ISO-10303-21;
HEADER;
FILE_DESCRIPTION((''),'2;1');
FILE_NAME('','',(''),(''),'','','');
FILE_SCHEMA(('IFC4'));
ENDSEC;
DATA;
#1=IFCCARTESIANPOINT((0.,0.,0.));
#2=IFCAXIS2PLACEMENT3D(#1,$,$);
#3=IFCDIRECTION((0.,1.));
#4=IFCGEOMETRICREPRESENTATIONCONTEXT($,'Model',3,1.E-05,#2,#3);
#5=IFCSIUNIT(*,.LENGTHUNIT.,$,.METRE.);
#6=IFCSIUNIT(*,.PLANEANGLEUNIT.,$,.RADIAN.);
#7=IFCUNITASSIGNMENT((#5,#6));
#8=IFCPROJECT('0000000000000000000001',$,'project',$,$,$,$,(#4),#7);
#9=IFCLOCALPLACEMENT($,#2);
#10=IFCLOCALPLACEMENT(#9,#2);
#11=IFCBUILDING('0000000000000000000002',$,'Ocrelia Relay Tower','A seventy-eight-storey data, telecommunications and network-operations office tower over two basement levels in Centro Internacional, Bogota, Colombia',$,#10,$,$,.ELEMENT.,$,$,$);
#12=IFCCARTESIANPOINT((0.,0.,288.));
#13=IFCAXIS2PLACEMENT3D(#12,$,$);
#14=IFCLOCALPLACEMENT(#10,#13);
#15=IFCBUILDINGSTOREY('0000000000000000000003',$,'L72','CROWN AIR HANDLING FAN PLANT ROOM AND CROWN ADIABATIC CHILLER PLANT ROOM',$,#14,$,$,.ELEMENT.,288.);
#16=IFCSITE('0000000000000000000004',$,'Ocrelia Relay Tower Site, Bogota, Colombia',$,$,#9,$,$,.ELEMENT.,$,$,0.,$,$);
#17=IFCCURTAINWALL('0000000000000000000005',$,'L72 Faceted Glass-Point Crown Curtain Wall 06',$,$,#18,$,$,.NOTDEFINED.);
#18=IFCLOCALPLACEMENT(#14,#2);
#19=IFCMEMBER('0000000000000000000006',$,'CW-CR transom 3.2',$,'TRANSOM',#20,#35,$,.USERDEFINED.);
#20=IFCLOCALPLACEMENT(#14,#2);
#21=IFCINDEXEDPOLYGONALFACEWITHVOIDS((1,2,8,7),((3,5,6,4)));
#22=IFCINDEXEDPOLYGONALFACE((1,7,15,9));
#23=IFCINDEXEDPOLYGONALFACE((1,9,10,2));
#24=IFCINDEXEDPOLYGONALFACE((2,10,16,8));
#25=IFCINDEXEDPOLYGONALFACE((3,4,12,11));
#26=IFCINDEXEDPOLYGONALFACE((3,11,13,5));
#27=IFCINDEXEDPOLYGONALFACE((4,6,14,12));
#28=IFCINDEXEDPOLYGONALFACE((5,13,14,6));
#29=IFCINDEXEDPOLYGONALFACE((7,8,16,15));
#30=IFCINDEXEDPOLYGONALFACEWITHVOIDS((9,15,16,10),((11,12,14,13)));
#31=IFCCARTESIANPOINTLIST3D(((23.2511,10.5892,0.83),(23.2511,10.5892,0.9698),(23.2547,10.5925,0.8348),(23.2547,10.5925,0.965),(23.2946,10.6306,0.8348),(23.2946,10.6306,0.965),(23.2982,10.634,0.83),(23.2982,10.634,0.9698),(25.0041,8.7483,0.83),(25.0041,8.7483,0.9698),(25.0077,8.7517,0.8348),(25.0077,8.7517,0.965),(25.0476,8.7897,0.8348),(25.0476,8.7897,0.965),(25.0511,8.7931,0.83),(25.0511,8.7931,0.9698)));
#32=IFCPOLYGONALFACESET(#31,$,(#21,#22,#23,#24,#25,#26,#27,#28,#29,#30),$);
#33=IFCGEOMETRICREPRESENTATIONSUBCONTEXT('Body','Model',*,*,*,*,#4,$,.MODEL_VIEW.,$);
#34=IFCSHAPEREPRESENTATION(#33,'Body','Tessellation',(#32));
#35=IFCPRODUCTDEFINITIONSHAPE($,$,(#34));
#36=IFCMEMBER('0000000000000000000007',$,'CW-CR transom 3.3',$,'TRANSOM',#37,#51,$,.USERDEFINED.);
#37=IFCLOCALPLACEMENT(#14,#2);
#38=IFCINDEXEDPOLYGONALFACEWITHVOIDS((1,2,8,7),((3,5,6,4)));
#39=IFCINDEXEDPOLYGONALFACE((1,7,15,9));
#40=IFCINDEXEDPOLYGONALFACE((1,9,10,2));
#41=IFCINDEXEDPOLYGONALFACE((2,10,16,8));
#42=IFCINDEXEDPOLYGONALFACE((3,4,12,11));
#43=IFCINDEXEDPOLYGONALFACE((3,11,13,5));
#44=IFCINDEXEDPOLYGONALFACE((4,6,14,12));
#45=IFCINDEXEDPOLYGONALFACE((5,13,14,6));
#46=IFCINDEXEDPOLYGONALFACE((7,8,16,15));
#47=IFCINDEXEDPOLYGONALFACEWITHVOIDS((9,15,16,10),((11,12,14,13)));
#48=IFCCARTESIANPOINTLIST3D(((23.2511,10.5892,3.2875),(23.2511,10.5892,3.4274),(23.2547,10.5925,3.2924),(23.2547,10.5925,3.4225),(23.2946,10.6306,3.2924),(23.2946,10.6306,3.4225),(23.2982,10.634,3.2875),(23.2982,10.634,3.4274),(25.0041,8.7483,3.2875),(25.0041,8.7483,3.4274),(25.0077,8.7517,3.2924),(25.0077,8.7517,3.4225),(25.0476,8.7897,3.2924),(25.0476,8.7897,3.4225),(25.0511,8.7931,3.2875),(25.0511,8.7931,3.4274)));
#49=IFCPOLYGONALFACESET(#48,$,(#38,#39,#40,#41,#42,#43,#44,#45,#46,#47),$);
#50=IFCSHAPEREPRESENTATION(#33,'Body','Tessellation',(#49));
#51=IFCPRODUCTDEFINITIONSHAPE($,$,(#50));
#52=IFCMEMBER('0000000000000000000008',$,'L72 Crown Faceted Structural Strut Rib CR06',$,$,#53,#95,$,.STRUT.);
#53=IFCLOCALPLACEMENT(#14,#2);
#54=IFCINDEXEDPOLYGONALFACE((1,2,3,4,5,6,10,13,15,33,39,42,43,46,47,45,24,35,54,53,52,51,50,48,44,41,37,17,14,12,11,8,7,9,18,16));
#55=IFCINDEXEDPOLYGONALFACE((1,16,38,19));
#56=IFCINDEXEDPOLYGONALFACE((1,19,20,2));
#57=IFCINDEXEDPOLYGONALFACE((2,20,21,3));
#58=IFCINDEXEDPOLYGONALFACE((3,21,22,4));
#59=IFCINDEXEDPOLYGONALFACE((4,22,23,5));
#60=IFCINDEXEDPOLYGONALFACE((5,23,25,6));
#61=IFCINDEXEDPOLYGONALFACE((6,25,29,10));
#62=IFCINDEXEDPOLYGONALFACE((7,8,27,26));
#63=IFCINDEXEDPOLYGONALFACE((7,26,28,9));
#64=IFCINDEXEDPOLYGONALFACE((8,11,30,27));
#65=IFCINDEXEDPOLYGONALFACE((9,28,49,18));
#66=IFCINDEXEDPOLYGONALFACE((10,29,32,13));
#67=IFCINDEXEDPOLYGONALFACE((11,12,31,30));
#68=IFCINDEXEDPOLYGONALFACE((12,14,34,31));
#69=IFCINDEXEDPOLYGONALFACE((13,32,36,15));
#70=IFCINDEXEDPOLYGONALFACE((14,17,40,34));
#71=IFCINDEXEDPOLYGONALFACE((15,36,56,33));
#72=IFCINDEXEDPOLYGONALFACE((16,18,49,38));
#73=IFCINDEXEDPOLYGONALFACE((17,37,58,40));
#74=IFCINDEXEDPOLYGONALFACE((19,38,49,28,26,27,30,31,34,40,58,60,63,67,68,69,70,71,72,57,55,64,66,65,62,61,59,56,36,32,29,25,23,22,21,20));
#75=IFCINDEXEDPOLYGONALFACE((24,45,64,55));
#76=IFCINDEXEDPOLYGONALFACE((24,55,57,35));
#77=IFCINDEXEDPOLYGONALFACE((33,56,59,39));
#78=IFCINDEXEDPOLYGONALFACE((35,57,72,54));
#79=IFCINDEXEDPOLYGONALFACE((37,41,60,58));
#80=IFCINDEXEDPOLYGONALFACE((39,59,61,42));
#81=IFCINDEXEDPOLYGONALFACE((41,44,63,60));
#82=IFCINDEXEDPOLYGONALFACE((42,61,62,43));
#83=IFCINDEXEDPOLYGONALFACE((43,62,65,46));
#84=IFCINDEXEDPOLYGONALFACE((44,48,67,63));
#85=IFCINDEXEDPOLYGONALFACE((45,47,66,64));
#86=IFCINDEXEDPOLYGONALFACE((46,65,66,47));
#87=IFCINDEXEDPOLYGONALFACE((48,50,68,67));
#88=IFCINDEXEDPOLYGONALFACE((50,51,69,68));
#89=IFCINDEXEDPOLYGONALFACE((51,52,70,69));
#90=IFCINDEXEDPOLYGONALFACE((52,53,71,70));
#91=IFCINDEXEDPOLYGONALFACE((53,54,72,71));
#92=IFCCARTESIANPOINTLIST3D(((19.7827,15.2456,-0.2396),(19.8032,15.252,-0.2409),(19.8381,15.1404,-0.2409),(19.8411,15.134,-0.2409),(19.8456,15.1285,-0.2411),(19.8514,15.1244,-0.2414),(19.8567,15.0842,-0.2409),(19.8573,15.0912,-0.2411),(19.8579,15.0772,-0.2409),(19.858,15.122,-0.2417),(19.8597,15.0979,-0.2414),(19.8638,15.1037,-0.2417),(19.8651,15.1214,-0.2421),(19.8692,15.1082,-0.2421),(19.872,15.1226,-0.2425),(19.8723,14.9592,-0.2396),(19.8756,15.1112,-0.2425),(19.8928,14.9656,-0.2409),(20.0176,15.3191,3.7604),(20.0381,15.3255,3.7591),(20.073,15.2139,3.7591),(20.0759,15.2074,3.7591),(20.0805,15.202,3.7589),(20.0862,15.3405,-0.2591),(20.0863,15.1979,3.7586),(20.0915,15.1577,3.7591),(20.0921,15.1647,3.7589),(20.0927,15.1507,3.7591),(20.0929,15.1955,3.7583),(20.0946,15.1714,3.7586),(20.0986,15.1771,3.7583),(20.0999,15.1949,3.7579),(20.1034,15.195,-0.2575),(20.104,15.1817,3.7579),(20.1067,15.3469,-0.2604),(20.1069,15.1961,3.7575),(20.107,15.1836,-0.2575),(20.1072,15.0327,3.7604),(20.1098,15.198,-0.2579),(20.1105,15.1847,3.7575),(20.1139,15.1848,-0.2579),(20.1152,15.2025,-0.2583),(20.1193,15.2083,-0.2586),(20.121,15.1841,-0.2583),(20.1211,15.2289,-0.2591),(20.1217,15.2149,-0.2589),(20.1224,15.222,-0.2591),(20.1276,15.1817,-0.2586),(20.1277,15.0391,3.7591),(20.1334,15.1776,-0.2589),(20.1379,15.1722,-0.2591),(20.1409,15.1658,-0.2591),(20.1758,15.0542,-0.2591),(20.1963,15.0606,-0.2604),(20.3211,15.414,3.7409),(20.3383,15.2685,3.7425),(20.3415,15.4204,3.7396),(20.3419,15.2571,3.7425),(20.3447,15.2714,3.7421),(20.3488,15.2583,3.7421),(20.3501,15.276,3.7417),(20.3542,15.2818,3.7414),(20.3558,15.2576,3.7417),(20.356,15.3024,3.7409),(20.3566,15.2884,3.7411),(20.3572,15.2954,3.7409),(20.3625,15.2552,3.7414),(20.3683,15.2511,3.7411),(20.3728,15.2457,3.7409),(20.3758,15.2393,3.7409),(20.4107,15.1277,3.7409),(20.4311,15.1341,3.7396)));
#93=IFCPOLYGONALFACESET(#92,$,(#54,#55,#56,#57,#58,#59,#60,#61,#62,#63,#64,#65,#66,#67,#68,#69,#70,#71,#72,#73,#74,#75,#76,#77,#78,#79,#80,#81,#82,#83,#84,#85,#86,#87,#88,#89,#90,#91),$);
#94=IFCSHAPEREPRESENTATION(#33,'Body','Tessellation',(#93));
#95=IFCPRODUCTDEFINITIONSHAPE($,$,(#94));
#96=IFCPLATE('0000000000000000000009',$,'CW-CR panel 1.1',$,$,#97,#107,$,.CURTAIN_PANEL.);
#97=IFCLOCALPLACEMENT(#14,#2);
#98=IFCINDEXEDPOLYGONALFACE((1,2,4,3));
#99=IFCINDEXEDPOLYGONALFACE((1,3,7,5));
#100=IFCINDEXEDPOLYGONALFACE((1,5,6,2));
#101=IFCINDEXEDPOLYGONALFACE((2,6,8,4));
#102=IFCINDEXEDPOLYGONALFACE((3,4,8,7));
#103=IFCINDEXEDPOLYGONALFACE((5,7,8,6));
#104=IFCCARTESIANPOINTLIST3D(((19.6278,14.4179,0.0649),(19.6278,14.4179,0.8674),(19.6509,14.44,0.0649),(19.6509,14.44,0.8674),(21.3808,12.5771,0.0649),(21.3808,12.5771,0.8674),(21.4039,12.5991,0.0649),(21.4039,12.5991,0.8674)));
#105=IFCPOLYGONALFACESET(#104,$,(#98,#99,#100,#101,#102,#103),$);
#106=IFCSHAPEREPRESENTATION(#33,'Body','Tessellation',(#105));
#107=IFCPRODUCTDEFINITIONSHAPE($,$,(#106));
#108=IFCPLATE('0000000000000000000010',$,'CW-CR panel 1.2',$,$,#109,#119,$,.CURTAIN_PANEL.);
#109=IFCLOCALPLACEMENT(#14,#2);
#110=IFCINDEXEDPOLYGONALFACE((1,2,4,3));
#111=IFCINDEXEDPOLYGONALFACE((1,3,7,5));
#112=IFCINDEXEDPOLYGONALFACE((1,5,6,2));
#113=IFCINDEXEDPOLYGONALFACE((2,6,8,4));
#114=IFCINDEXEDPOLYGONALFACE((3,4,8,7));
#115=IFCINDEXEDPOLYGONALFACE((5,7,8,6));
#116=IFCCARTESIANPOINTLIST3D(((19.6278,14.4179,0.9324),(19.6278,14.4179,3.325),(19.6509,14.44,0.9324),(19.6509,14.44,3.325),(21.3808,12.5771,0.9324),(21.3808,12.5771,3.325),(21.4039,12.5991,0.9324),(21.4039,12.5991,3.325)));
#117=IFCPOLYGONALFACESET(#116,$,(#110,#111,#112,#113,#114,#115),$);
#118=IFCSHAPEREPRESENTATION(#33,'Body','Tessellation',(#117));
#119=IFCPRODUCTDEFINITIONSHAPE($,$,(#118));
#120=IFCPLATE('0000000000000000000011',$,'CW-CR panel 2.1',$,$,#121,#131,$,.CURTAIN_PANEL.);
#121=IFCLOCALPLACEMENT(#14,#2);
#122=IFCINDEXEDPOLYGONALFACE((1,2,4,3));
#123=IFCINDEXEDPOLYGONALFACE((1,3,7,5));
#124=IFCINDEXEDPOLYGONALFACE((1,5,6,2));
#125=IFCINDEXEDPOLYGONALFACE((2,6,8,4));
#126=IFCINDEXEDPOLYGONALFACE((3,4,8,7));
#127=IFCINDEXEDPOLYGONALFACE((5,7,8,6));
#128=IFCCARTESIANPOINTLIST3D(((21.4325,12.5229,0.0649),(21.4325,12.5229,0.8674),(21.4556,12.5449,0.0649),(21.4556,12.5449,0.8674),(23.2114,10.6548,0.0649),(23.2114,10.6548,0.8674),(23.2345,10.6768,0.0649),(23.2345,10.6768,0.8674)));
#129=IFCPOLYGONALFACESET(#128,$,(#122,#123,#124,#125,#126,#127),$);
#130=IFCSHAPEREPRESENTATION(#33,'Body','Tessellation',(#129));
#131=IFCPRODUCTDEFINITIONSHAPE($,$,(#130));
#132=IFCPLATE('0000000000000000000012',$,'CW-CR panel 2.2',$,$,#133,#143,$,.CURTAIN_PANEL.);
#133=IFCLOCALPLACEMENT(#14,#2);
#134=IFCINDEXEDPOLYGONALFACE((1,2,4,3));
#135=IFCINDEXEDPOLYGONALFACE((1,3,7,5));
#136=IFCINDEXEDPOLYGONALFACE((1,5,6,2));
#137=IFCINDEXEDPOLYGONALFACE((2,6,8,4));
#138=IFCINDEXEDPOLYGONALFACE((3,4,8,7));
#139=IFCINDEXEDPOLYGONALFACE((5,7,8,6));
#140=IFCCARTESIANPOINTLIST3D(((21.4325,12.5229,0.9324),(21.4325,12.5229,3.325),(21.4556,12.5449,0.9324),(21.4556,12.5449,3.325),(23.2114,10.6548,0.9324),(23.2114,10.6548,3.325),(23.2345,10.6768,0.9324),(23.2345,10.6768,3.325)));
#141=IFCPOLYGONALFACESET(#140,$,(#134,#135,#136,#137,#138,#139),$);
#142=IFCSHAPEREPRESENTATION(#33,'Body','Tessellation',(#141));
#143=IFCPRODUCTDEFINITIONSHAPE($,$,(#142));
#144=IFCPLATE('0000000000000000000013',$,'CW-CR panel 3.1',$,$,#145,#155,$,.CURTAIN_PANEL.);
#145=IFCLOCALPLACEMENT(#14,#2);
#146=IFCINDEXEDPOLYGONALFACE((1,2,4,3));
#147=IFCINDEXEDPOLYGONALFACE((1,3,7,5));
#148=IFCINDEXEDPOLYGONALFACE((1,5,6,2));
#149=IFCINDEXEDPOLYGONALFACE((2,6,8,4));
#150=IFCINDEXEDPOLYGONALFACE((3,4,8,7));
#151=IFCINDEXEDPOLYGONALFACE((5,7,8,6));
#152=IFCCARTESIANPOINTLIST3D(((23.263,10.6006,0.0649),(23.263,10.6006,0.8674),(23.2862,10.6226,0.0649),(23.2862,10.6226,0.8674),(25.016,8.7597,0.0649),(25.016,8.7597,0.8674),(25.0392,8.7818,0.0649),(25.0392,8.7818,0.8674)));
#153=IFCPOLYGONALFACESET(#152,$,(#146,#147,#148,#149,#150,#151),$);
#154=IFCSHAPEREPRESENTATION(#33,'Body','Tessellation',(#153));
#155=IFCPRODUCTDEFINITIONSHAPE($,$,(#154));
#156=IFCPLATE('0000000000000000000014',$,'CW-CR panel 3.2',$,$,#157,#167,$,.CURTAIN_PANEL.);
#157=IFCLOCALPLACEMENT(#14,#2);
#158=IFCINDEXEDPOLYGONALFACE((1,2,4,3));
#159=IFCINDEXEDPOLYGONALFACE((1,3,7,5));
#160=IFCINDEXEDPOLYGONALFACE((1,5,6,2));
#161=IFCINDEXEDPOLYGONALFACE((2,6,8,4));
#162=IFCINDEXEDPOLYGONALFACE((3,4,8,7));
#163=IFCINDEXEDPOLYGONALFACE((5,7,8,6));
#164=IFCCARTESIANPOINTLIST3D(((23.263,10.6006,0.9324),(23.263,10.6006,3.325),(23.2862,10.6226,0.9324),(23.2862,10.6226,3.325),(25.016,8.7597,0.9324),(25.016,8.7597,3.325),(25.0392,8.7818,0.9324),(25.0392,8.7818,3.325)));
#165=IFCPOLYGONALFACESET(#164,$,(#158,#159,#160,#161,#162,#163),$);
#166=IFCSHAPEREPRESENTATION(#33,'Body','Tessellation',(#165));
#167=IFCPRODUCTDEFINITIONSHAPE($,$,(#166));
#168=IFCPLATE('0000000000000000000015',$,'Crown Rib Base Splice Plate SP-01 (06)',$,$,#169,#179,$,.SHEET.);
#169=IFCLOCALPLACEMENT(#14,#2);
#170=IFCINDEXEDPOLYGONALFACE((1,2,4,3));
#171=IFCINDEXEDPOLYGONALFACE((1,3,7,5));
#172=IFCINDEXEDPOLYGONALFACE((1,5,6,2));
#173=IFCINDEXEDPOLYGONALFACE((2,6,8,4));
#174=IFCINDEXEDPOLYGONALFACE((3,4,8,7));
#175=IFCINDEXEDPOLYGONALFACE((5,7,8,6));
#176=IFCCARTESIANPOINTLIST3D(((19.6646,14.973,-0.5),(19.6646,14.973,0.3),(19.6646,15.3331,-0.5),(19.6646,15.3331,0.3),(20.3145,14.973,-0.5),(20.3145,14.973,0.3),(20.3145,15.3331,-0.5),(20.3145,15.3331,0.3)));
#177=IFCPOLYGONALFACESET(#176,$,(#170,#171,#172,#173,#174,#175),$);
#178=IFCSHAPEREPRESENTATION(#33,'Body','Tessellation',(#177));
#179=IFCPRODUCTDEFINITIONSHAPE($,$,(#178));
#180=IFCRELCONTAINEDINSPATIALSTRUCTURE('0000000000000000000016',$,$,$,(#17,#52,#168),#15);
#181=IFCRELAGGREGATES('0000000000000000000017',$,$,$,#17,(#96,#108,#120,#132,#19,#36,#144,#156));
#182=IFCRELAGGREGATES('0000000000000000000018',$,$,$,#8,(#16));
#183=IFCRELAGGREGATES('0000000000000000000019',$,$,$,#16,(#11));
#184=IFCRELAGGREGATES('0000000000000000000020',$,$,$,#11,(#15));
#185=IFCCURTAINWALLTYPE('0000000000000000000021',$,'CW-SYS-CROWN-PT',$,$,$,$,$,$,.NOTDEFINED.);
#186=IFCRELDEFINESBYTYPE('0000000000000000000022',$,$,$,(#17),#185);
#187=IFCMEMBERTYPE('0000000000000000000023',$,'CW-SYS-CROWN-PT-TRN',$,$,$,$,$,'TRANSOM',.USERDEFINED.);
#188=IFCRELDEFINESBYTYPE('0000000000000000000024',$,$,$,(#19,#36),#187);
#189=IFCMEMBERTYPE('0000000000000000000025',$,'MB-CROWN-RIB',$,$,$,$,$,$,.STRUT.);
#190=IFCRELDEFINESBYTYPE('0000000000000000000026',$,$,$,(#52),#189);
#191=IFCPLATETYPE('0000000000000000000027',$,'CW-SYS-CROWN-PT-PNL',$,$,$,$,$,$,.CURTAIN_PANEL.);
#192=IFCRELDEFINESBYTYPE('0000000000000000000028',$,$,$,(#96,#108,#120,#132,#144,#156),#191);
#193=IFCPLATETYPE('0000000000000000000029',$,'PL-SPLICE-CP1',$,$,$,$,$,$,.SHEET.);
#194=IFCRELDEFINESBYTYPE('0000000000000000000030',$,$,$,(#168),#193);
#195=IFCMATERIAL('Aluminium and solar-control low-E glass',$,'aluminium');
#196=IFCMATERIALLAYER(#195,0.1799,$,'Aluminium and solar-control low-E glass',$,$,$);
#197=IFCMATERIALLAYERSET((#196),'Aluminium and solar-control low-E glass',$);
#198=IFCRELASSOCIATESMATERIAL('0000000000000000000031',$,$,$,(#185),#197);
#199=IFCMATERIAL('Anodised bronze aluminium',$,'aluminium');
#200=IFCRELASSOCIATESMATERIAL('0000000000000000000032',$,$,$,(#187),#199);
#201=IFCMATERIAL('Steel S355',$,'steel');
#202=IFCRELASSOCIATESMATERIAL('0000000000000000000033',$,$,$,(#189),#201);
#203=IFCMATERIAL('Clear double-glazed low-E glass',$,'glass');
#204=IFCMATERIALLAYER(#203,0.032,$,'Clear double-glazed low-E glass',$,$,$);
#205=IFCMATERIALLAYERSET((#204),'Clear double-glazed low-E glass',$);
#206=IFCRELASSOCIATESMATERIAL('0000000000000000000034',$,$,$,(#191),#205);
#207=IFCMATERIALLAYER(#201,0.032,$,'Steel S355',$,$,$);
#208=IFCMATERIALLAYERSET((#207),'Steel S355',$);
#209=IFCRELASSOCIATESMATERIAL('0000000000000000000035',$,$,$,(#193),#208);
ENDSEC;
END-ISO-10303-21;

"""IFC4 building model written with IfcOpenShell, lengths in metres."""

from ifc_helpers import new_model, si_unit, direction, frame, origin, origin_2d, place, context, subcontext, project, spatial, rectangle, hollow_rectangle, i_section, extrude, material, layer, layer_set, material_profile, profile_set, type_object, element, aggregate, save


model = new_model("IFC4")

# Units and contexts
model_context = context("Model", 3, precision=1e-05, world=origin(), true_north=direction((0.0, 1.0)))
body_context = subcontext(model_context, "Body", "Model", "MODEL_VIEW")
ifc_project = project(units=[si_unit("LENGTHUNIT", "METRE"), si_unit("PLANEANGLEUNIT", "RADIAN")], contexts=[model_context])

# Site, building, storey
site_placement = place(None, origin())
site = spatial("IfcSite", under=ifc_project, at=site_placement, Name="Ocrelia Relay Tower Site, Bogota, Colombia", CompositionType="ELEMENT", RefElevation=0.0)
building_placement = place(site_placement, origin())
building = spatial("IfcBuilding", under=site, at=building_placement, Name="Ocrelia Relay Tower", Description="A seventy-eight-storey data, telecommunications and network-operations office tower over two basement levels in Centro Internacional, Bogota, Colombia", CompositionType="ELEMENT")
storey_placement = place(building_placement, frame((0.0, 0.0, 288.0)))
storey = spatial("IfcBuildingStorey", under=building, at=storey_placement, Name="L72", Description="CROWN AIR HANDLING FAN PLANT ROOM AND CROWN ADIABATIC CHILLER PLANT ROOM", CompositionType="ELEMENT", Elevation=288.0)

# Shared definitions
ifc_material_1 = material(Name="Steel S355", Category="steel")

# Curtain wall, members
ifc_material_2 = material(Name="Aluminium and solar-control low-E glass", Category="aluminium")
ifc_layer_1 = layer(ifc_material_2, 0.1799, Name="Aluminium and solar-control low-E glass")
ifc_layer_set_1 = layer_set([ifc_layer_1], Name="Aluminium and solar-control low-E glass")
curtain_wall_type = type_object("IfcCurtainWallType", Name="CW-SYS-CROWN-PT", PredefinedType="NOTDEFINED", material=ifc_layer_set_1)
curtain_wall_placement = place(storey_placement, origin())
curtain_wall = element("IfcCurtainWall", 1, at=curtain_wall_placement, inside=storey, type_object=curtain_wall_type, Name="L72 Faceted Glass-Point Crown Curtain Wall 06", PredefinedType="NOTDEFINED")
ifc_material_3 = material(Name="Anodised bronze aluminium", Category="aluminium")
ifc_material_profile_1 = material_profile(ifc_material_3, hollow_rectangle(XDim=0.0649, YDim=0.1399, WallThickness=0.0049, at=origin_2d()), Name="CW-TRN-140x65")
ifc_profile_set_1 = profile_set([ifc_material_profile_1], Name="Anodised bronze aluminium")
member_type_1 = type_object("IfcMemberType", Name="CW-SYS-CROWN-PT-TRN", ElementType="TRANSOM", PredefinedType="USERDEFINED", material=ifc_profile_set_1)
member_1_placement = place(storey_placement, frame((23.2747, 10.6116, 0.8999), z_axis=(0.689607, -0.724184, 0.0), x_axis=(0.724184, 0.689607, 0.0)))
member_1 = element("IfcMember", 2, at=member_1_placement, type_object=member_type_1, Name="CW-CR transom 3.2", ObjectType="TRANSOM", PredefinedType="USERDEFINED", context=body_context, shape_type="SweptSolid", body=[
    extrude(hollow_rectangle(XDim=0.0649, YDim=0.1399, WallThickness=0.0049, at=origin_2d()), origin(), (0.0, 0.0, 1.0), 2.542),
])
member_2_placement = place(storey_placement, frame((23.2747, 10.6116, 3.3574), z_axis=(0.689607, -0.724184, 0.0), x_axis=(0.724184, 0.689607, 0.0)))
member_2 = element("IfcMember", 3, at=member_2_placement, type_object=member_type_1, Name="CW-CR transom 3.3", ObjectType="TRANSOM", PredefinedType="USERDEFINED", context=body_context, shape_type="SweptSolid", body=[
    extrude(hollow_rectangle(XDim=0.0649, YDim=0.1399, WallThickness=0.0049, at=origin_2d()), origin(), (0.0, 0.0, 1.0), 2.542),
])

# Member
ifc_material_profile_2 = material_profile(ifc_material_1, i_section(OverallWidth=0.3, OverallDepth=0.3401, WebThickness=0.012, FlangeThickness=0.0215, FilletRadius=0.0271, at=origin_2d()), Name="HEB 340")
ifc_profile_set_2 = profile_set([ifc_material_profile_2], Name="Steel S355")
member_type_2 = type_object("IfcMemberType", Name="MB-CROWN-RIB", PredefinedType="STRUT", material=ifc_profile_set_2)
member_3_placement = place(storey_placement, frame((19.9895, 15.1531, -0.25), z_axis=(0.058605, 0.018337, 0.998113), x_axis=(-0.298614, 0.954374, 0.0)))
element("IfcMember", 4, at=member_3_placement, inside=storey, type_object=member_type_2, Name="L72 Crown Faceted Structural Strut Rib CR06", PredefinedType="STRUT", context=body_context, shape_type="SweptSolid", body=[
    extrude(i_section(OverallWidth=0.3, OverallDepth=0.3401, WebThickness=0.012, FlangeThickness=0.0215, FilletRadius=0.0271, at=origin_2d()), origin(), (0.0, 0.0, 1.0), 4.0076),
])

# Plates
ifc_material_4 = material(Name="Clear double-glazed low-E glass", Category="glass")
ifc_layer_2 = layer(ifc_material_4, 0.032, Name="Clear double-glazed low-E glass")
ifc_layer_set_2 = layer_set([ifc_layer_2], Name="Clear double-glazed low-E glass")
plate_type_1 = type_object("IfcPlateType", Name="CW-SYS-CROWN-PT-PNL", PredefinedType="CURTAIN_PANEL", material=ifc_layer_set_2)
plate_1_placement = place(storey_placement, frame((20.5159, 13.5085, 0.0649), z_axis=(0.0, 0.0, 1.0), x_axis=(0.689617, -0.724175, 0.0)))
plate_1 = element("IfcPlate", 5, at=plate_1_placement, type_object=plate_type_1, Name="CW-CR panel 1.1", PredefinedType="CURTAIN_PANEL", context=body_context, shape_type="SweptSolid", body=[
    extrude(rectangle(XDim=2.542, YDim=0.032, at=origin_2d()), origin(), (0.0, 0.0, 1.0), 0.8025),
])
plate_2_placement = place(storey_placement, frame((20.5159, 13.5085, 0.9324), z_axis=(0.0, 0.0, 1.0), x_axis=(0.689617, -0.724175, 0.0)))
plate_2 = element("IfcPlate", 6, at=plate_2_placement, type_object=plate_type_1, Name="CW-CR panel 1.2", PredefinedType="CURTAIN_PANEL", context=body_context, shape_type="SweptSolid", body=[
    extrude(rectangle(XDim=2.542, YDim=0.032, at=origin_2d()), origin(), (0.0, 0.0, 1.0), 2.3926),
])
plate_3_placement = place(storey_placement, frame((22.3335, 11.5999, 0.0649), z_axis=(0.0, 0.0, 1.0), x_axis=(0.689617, -0.724175, 0.0)))
plate_3 = element("IfcPlate", 7, at=plate_3_placement, type_object=plate_type_1, Name="CW-CR panel 2.1", PredefinedType="CURTAIN_PANEL", context=body_context, shape_type="SweptSolid", body=[
    extrude(rectangle(XDim=2.5796, YDim=0.032, at=origin_2d()), origin(), (0.0, 0.0, 1.0), 0.8025),
])
plate_4_placement = place(storey_placement, frame((22.3335, 11.5999, 0.9324), z_axis=(0.0, 0.0, 1.0), x_axis=(0.689617, -0.724175, 0.0)))
plate_4 = element("IfcPlate", 8, at=plate_4_placement, type_object=plate_type_1, Name="CW-CR panel 2.2", PredefinedType="CURTAIN_PANEL", context=body_context, shape_type="SweptSolid", body=[
    extrude(rectangle(XDim=2.5796, YDim=0.032, at=origin_2d()), origin(), (0.0, 0.0, 1.0), 2.3926),
])
plate_5_placement = place(storey_placement, frame((24.1511, 9.6912, 0.0649), z_axis=(0.0, 0.0, 1.0), x_axis=(0.689617, -0.724175, 0.0)))
plate_5 = element("IfcPlate", 9, at=plate_5_placement, type_object=plate_type_1, Name="CW-CR panel 3.1", PredefinedType="CURTAIN_PANEL", context=body_context, shape_type="SweptSolid", body=[
    extrude(rectangle(XDim=2.542, YDim=0.032, at=origin_2d()), origin(), (0.0, 0.0, 1.0), 0.8025),
])
plate_6_placement = place(storey_placement, frame((24.1511, 9.6912, 0.9324), z_axis=(0.0, 0.0, 1.0), x_axis=(0.689617, -0.724175, 0.0)))
plate_6 = element("IfcPlate", 10, at=plate_6_placement, type_object=plate_type_1, Name="CW-CR panel 3.2", PredefinedType="CURTAIN_PANEL", context=body_context, shape_type="SweptSolid", body=[
    extrude(rectangle(XDim=2.542, YDim=0.032, at=origin_2d()), origin(), (0.0, 0.0, 1.0), 2.3926),
])
aggregate(curtain_wall, [plate_1, plate_2, plate_3, plate_4, member_1, member_2, plate_5, plate_6])
ifc_layer_3 = layer(ifc_material_1, 0.032, Name="Steel S355")
ifc_layer_set_3 = layer_set([ifc_layer_3], Name="Steel S355")
plate_type_2 = type_object("IfcPlateType", Name="PL-SPLICE-CP1", PredefinedType="SHEET", material=ifc_layer_set_3)
plate_7_placement = place(storey_placement, frame((19.9895, 15.1531, -0.5), z_axis=(0.0, 0.0, 1.0), x_axis=(1.0, 0.0, 0.0)))
element("IfcPlate", 11, at=plate_7_placement, inside=storey, type_object=plate_type_2, Name="Crown Rib Base Splice Plate SP-01 (06)", PredefinedType="SHEET", context=body_context, shape_type="SweptSolid", body=[
    extrude(rectangle(XDim=0.6499, YDim=0.3601, at=origin_2d()), origin(), (0.0, 0.0, 1.0), 0.8),
])

save(model, "model.ifc")
